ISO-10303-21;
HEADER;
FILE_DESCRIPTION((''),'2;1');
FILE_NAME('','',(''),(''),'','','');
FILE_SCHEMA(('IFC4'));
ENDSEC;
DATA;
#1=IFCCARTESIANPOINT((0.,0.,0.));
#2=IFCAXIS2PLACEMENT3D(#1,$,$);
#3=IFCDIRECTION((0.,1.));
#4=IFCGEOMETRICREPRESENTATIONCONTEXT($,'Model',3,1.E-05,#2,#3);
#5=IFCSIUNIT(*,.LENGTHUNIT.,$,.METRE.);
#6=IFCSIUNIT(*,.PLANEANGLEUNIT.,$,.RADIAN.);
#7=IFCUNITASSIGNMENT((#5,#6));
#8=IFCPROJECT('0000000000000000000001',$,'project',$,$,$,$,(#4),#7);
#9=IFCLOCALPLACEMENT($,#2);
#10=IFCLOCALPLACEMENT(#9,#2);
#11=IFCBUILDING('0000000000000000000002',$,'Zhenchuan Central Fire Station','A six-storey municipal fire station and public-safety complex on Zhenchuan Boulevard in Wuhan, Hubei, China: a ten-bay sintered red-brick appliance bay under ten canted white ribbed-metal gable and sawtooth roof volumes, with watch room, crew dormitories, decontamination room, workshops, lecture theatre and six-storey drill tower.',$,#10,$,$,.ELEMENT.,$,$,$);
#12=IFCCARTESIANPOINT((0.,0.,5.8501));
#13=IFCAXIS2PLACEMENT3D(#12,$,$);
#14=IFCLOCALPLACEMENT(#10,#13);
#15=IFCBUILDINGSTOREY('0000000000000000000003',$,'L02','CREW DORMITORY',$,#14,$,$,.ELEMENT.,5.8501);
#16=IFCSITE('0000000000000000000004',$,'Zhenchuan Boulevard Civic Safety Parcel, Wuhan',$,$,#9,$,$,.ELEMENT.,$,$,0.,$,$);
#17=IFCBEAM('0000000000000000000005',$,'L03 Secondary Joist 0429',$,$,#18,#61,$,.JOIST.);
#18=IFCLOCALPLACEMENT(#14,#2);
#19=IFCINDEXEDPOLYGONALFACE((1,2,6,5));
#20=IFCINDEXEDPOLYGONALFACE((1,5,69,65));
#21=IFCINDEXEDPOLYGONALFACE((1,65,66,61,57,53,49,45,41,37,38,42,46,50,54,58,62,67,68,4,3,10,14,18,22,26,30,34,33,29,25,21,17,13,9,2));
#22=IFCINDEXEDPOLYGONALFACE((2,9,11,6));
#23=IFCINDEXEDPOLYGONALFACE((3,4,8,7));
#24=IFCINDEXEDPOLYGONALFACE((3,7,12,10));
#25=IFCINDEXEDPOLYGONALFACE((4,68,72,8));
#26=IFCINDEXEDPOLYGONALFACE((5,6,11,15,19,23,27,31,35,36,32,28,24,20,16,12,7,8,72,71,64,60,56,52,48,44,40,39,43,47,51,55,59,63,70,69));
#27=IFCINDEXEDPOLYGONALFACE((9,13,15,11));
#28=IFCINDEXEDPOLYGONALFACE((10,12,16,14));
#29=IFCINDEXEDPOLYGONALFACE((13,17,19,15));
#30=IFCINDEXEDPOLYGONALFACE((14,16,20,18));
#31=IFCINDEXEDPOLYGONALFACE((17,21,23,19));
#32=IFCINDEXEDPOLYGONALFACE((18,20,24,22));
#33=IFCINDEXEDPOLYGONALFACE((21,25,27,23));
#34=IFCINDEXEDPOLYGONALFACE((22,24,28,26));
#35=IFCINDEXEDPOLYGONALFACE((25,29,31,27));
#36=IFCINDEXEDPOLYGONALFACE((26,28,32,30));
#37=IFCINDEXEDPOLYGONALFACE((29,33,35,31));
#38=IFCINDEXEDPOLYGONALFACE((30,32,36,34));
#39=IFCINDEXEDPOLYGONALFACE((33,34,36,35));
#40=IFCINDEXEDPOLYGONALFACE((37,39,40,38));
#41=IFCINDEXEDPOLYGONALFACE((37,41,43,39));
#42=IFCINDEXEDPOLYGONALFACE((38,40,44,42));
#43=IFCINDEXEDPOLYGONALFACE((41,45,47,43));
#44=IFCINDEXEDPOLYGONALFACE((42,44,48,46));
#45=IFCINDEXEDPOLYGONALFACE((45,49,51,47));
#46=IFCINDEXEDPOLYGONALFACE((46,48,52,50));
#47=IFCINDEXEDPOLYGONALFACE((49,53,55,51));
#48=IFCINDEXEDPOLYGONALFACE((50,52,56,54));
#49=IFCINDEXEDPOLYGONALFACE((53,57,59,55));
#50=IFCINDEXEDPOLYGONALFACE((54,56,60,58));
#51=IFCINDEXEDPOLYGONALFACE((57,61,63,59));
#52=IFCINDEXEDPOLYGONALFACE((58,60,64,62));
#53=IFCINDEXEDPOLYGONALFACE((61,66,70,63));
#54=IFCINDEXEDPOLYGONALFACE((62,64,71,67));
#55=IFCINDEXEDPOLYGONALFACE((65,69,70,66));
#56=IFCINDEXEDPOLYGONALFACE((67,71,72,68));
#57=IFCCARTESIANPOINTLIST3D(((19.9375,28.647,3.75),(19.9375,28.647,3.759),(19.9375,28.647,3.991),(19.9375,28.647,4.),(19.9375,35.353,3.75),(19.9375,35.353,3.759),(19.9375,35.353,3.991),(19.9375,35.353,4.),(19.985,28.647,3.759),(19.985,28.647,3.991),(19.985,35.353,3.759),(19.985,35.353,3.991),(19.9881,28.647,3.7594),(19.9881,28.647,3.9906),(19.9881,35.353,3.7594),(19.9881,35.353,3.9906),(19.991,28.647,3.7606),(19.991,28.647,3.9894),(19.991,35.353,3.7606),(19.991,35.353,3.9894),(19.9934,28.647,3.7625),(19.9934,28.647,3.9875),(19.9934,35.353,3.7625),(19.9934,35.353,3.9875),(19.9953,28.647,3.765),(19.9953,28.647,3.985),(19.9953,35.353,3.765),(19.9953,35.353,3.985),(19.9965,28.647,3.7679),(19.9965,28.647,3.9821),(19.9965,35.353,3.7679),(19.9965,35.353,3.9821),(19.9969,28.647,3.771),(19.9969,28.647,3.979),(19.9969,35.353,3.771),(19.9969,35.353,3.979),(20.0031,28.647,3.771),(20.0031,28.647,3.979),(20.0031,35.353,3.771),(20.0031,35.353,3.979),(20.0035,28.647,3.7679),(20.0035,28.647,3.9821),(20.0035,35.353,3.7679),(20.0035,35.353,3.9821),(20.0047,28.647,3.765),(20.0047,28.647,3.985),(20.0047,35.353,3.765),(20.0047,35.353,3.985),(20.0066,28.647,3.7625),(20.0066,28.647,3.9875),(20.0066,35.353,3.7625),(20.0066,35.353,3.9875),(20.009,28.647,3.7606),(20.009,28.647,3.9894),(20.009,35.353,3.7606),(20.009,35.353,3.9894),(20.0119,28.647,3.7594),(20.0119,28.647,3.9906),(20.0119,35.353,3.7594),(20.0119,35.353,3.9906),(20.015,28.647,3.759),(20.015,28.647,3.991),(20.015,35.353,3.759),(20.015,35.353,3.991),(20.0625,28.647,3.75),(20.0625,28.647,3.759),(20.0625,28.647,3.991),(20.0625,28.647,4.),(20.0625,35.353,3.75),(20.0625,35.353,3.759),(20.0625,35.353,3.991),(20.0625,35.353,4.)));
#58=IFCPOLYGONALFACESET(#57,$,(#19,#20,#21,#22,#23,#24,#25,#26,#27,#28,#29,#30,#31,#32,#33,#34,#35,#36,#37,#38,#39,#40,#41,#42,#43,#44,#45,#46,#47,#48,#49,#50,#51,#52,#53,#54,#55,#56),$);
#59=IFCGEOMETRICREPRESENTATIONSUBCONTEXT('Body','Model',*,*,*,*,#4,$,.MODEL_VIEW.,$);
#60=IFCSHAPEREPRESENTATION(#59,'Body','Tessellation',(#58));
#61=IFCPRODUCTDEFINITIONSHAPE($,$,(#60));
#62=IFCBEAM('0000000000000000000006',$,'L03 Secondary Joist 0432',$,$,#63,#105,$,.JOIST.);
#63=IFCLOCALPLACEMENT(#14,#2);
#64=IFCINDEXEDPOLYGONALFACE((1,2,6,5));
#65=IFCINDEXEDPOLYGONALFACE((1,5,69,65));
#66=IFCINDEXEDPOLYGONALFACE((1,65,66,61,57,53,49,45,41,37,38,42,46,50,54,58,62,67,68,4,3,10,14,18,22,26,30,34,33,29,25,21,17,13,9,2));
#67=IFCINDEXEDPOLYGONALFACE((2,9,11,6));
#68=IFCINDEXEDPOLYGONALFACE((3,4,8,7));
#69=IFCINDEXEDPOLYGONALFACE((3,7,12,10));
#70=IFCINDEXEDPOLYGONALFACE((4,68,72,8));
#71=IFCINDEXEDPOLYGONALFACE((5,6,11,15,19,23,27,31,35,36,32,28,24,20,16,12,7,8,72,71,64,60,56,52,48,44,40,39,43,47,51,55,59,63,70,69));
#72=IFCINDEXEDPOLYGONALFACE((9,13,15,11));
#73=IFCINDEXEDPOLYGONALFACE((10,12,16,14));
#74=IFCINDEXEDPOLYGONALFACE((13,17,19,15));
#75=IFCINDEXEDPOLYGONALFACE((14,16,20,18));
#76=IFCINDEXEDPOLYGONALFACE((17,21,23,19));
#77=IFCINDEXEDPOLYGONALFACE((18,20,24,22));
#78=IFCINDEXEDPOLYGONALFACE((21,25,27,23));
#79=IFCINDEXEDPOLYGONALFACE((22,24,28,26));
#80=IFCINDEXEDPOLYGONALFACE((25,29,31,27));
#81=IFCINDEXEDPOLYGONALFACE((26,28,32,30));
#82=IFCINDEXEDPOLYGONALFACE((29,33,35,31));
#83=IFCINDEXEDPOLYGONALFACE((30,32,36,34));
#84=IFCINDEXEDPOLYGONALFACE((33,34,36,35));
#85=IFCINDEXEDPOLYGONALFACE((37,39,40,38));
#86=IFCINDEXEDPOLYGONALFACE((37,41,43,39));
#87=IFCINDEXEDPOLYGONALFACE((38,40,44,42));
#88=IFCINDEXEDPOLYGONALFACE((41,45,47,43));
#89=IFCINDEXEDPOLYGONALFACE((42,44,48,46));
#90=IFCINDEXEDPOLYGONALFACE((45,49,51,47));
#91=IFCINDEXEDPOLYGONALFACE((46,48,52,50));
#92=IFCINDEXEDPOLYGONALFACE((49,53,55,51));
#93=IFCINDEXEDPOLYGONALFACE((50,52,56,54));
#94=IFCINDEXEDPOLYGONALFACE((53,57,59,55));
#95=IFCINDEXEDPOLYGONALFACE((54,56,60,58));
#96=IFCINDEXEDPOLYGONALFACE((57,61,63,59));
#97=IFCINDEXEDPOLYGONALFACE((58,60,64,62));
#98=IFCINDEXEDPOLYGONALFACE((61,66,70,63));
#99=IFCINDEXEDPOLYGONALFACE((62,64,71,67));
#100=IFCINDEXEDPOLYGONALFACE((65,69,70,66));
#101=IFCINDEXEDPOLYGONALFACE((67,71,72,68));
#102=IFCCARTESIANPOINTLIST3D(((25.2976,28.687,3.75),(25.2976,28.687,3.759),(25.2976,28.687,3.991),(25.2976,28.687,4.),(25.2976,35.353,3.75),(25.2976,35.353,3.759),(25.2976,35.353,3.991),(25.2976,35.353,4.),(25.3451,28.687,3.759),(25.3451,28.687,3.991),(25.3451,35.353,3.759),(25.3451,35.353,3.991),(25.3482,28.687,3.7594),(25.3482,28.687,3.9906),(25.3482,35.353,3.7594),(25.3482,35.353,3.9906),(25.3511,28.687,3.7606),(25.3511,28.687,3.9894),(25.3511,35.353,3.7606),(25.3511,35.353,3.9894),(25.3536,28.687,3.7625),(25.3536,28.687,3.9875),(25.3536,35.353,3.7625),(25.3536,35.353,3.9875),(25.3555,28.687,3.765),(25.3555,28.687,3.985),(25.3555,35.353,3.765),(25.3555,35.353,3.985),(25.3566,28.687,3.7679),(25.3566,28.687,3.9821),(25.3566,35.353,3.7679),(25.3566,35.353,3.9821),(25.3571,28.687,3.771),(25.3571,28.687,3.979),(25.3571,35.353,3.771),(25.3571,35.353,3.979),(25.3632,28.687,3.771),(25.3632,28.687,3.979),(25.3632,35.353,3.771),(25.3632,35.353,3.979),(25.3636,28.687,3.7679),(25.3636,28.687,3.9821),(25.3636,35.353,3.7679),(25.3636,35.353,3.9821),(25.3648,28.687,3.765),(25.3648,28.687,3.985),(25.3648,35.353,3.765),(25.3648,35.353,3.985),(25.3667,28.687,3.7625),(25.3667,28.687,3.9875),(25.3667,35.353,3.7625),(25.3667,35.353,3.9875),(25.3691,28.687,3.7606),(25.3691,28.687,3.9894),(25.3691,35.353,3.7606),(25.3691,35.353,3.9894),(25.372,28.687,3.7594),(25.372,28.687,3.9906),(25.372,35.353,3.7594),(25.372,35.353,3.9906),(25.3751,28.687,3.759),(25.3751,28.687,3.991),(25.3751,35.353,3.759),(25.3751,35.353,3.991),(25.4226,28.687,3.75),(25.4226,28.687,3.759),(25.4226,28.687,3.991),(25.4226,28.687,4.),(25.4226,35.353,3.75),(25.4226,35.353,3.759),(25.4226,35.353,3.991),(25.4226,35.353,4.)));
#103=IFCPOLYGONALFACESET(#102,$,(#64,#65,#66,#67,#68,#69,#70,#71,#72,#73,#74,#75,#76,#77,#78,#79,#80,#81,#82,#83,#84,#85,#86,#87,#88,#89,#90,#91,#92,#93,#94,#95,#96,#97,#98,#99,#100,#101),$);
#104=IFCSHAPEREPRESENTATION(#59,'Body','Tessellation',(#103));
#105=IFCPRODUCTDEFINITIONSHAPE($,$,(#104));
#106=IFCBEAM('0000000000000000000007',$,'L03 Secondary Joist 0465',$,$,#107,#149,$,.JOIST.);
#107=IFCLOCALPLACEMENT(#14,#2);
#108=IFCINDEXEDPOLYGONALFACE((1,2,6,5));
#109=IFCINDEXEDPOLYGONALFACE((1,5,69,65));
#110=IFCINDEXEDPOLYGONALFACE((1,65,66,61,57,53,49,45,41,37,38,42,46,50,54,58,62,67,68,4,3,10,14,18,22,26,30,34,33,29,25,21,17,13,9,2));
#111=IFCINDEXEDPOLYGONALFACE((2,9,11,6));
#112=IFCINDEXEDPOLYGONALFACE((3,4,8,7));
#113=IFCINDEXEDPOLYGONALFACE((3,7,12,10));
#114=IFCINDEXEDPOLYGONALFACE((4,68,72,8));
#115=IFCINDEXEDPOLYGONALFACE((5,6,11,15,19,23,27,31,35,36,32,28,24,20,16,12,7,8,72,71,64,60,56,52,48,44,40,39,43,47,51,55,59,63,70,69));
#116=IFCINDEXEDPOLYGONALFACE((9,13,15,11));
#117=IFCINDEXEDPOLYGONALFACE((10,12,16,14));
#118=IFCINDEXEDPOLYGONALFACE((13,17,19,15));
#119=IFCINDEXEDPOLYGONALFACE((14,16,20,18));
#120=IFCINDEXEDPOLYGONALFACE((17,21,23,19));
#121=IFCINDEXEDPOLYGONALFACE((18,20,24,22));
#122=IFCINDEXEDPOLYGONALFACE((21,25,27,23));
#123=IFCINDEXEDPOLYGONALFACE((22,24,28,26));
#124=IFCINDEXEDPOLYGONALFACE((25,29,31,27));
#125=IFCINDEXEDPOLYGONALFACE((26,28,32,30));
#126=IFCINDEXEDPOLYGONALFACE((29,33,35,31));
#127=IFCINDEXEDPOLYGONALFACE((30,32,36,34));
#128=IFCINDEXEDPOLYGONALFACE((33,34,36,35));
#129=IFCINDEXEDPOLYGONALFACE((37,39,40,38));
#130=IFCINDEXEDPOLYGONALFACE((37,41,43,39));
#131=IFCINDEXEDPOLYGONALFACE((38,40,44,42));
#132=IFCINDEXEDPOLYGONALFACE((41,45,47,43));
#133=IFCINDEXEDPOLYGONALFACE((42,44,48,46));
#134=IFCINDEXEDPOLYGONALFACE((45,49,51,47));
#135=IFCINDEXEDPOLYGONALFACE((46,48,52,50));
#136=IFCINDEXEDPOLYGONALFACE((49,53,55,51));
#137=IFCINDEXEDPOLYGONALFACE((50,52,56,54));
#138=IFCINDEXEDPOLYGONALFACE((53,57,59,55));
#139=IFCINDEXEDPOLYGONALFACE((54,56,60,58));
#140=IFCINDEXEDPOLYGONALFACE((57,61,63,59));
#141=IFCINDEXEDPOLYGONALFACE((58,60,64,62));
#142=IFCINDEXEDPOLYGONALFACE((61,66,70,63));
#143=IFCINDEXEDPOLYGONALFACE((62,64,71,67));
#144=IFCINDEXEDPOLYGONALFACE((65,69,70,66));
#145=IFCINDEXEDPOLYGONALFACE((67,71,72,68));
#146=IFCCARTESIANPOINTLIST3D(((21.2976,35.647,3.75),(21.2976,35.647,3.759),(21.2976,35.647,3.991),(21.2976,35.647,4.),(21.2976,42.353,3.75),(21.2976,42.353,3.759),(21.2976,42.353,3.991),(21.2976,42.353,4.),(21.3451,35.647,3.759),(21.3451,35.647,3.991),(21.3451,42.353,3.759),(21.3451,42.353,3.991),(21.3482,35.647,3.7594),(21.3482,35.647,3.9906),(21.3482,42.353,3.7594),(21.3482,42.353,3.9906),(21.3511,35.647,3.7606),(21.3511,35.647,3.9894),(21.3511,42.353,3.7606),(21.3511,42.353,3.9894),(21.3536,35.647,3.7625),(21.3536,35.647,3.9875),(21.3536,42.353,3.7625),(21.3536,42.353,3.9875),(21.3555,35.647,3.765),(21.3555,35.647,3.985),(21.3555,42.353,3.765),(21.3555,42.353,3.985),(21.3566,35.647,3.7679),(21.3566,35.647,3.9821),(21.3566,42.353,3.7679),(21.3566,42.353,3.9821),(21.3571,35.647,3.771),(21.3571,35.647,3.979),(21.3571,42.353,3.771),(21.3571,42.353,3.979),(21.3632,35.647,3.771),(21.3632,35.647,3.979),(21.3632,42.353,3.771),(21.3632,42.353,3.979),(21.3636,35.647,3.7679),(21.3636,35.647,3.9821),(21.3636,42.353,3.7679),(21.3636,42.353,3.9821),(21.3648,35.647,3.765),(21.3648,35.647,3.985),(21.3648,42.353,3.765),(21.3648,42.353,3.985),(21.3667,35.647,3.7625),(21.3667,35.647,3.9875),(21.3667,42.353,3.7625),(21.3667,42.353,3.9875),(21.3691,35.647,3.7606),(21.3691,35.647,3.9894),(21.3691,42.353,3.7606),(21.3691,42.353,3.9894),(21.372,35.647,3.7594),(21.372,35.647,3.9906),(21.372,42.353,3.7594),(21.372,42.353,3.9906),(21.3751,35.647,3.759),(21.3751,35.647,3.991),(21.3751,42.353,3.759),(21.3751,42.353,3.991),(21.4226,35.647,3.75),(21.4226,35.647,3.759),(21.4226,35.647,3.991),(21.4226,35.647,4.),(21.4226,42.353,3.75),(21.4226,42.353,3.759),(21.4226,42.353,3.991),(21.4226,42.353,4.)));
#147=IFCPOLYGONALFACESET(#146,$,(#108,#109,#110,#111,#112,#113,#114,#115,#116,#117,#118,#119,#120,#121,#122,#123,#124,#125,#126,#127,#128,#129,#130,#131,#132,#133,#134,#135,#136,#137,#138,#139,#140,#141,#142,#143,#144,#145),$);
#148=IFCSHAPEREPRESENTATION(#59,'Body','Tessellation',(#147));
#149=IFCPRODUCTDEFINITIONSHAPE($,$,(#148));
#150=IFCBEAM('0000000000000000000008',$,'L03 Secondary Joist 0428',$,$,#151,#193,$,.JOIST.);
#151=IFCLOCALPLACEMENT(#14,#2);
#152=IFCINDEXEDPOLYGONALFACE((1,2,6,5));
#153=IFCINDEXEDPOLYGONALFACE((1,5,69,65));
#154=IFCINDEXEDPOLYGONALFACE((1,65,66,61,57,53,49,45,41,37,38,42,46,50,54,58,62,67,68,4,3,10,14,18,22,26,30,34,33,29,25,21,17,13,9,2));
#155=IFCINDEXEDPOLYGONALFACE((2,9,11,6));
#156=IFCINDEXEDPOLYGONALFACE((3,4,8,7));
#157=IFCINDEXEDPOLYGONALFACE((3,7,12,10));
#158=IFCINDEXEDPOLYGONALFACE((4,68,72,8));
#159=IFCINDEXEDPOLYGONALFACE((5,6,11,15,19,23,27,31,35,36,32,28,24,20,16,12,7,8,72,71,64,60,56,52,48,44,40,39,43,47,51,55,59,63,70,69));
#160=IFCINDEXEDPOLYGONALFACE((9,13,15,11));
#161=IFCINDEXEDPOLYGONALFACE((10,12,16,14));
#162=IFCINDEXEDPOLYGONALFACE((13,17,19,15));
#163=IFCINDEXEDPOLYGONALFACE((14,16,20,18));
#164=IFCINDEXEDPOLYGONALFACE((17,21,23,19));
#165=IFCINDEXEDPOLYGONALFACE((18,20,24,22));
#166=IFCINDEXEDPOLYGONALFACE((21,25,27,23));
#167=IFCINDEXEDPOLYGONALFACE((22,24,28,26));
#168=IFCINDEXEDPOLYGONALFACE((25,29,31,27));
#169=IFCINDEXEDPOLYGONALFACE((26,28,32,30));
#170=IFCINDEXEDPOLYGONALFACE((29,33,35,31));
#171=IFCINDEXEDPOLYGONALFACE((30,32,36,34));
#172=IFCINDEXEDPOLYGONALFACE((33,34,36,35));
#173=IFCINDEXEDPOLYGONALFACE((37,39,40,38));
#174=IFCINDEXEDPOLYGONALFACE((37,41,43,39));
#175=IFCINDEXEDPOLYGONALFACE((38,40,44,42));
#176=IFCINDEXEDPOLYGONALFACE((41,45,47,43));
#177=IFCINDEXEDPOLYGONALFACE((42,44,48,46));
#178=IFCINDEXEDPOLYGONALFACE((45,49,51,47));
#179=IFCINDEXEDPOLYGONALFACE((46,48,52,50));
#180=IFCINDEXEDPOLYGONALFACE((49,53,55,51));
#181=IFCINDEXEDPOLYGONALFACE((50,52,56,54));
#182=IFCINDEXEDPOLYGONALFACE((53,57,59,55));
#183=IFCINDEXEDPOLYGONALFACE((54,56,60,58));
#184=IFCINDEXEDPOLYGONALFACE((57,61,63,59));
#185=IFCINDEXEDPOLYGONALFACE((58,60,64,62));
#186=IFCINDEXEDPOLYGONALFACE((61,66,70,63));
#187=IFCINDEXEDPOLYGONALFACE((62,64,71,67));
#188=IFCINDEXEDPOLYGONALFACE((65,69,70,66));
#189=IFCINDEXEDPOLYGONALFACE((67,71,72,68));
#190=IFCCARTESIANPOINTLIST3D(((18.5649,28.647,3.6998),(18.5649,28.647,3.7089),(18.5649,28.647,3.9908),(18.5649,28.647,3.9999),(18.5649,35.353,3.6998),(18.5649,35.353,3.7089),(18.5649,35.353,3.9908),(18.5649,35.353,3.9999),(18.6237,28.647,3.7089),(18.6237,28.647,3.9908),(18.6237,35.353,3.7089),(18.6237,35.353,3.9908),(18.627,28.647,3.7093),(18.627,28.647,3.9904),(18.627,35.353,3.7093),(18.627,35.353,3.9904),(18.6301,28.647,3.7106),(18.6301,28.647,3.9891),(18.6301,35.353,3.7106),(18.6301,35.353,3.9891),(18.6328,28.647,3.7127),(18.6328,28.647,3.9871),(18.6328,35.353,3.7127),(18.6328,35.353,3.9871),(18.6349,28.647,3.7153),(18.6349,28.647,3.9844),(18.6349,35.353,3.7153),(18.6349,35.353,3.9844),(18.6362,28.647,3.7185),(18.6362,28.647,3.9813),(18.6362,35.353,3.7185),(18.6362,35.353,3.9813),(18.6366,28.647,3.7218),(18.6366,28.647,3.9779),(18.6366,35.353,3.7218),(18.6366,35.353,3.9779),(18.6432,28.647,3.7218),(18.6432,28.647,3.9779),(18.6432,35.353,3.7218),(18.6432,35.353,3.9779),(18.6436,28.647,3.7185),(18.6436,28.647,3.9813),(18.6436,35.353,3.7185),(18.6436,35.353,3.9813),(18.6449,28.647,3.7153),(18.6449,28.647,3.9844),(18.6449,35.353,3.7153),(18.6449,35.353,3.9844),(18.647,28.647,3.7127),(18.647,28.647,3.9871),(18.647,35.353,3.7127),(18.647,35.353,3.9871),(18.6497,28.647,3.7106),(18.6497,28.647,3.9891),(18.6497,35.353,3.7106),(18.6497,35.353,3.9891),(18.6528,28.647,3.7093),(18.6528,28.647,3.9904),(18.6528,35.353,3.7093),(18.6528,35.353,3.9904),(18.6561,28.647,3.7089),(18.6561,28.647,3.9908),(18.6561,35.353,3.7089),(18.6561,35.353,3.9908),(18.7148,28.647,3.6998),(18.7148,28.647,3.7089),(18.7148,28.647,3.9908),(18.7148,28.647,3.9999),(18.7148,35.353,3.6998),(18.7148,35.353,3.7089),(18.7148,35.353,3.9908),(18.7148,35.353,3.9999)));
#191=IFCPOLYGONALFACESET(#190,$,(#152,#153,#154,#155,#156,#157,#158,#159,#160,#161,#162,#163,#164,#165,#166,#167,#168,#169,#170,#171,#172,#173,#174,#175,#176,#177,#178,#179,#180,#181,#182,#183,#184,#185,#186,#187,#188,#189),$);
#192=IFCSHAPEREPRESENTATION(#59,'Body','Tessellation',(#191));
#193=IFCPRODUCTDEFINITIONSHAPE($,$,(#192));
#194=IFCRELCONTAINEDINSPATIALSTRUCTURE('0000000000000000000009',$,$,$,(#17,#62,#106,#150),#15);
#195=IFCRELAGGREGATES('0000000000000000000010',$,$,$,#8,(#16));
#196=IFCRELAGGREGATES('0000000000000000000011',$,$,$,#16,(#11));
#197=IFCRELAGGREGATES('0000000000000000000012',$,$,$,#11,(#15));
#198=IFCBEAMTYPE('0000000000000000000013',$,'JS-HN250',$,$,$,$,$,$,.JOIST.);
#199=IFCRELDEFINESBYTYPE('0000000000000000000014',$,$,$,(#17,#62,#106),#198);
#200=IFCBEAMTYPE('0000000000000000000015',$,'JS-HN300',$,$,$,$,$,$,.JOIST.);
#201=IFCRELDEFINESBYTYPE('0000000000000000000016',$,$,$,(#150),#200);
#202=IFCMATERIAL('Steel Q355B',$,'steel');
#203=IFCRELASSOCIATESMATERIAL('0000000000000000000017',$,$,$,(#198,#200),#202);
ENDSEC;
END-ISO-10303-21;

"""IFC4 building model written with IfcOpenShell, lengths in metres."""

from ifc_helpers import new_model, si_unit, direction, frame, origin, origin_2d, place, context, subcontext, project, spatial, i_section, extrude, material, material_profile, profile_set, type_object, element, save


model = new_model("IFC4")

# Units and contexts
model_context = context("Model", 3, precision=1e-05, world=origin(), true_north=direction((0.0, 1.0)))
body_context = subcontext(model_context, "Body", "Model", "MODEL_VIEW")
ifc_project = project(units=[si_unit("LENGTHUNIT", "METRE"), si_unit("PLANEANGLEUNIT", "RADIAN")], contexts=[model_context])

# Site, building, storey
site_placement = place(None, origin())
site = spatial("IfcSite", under=ifc_project, at=site_placement, Name="Zhenchuan Boulevard Civic Safety Parcel, Wuhan", CompositionType="ELEMENT", RefElevation=0.0)
building_placement = place(site_placement, origin())
building = spatial("IfcBuilding", under=site, at=building_placement, Name="Zhenchuan Central Fire Station", Description="A six-storey municipal fire station and public-safety complex on Zhenchuan Boulevard in Wuhan, Hubei, China: a ten-bay sintered red-brick appliance bay under ten canted white ribbed-metal gable and sawtooth roof volumes, with watch room, crew dormitories, decontamination room, workshops, lecture theatre and six-storey drill tower.", CompositionType="ELEMENT")
storey_placement = place(building_placement, frame((0.0, 0.0, 5.8501)))
storey = spatial("IfcBuildingStorey", under=building, at=storey_placement, Name="L02", Description="CREW DORMITORY", CompositionType="ELEMENT", Elevation=5.8501)

# Shared definitions
ifc_material_1 = material(Name="Steel Q355B", Category="steel")

# Beams
ifc_material_profile_1 = material_profile(ifc_material_1, i_section(OverallWidth=0.125, OverallDepth=0.25, WebThickness=0.0061, FlangeThickness=0.009, FilletRadius=0.012, at=origin_2d()), Name="HN 250x125")
ifc_profile_set_1 = profile_set([ifc_material_profile_1], Name="Steel Q355B")
beam_type_1 = type_object("IfcBeamType", Name="JS-HN250", PredefinedType="JOIST", material=ifc_profile_set_1)
beam_1_placement = place(storey_placement, frame((20.0, 28.647, 3.875), z_axis=(0.0, 1.0, 0.0), x_axis=(-1.0, 0.0, 0.0)))
element("IfcBeam", 1, at=beam_1_placement, inside=storey, type_object=beam_type_1, Name="L03 Secondary Joist 0429", PredefinedType="JOIST", context=body_context, shape_type="SweptSolid", body=[
    extrude(i_section(OverallWidth=0.125, OverallDepth=0.25, WebThickness=0.0061, FlangeThickness=0.009, FilletRadius=0.012, at=origin_2d()), origin(), (0.0, 0.0, 1.0), 6.7061),
])
beam_2_placement = place(storey_placement, frame((25.3601, 28.687, 3.875), z_axis=(0.0, 1.0, 0.0), x_axis=(-1.0, 0.0, 0.0)))
element("IfcBeam", 2, at=beam_2_placement, inside=storey, type_object=beam_type_1, Name="L03 Secondary Joist 0432", PredefinedType="JOIST", context=body_context, shape_type="SweptSolid", body=[
    extrude(i_section(OverallWidth=0.125, OverallDepth=0.25, WebThickness=0.0061, FlangeThickness=0.009, FilletRadius=0.012, at=origin_2d()), origin(), (0.0, 0.0, 1.0), 6.666),
])
beam_3_placement = place(storey_placement, frame((21.3601, 35.647, 3.875), z_axis=(0.0, 1.0, 0.0), x_axis=(-1.0, 0.0, 0.0)))
element("IfcBeam", 3, at=beam_3_placement, inside=storey, type_object=beam_type_1, Name="L03 Secondary Joist 0465", PredefinedType="JOIST", context=body_context, shape_type="SweptSolid", body=[
    extrude(i_section(OverallWidth=0.125, OverallDepth=0.25, WebThickness=0.0061, FlangeThickness=0.009, FilletRadius=0.012, at=origin_2d()), origin(), (0.0, 0.0, 1.0), 6.7061),
])
ifc_material_profile_2 = material_profile(ifc_material_1, i_section(OverallWidth=0.1499, OverallDepth=0.3, WebThickness=0.0066, FlangeThickness=0.009, FilletRadius=0.0129, at=origin_2d()), Name="HN 300x150")
ifc_profile_set_2 = profile_set([ifc_material_profile_2], Name="Steel Q355B")
beam_type_2 = type_object("IfcBeamType", Name="JS-HN300", PredefinedType="JOIST", material=ifc_profile_set_2)
for number, where, z_axis, x_axis, name in (
    (4, (18.6399, 28.647, 3.8499), (0.0, 1.0, 0.0), (-1.0, 0.0, 0.0), "L03 Secondary Joist 0428"),
):
    element("IfcBeam", number, at=place(storey_placement, frame(where, z_axis=z_axis, x_axis=x_axis)), inside=storey, type_object=beam_type_2, Name=name, PredefinedType="JOIST", context=body_context, shape_type="SweptSolid", body=[
        extrude(i_section(OverallWidth=0.1499, OverallDepth=0.3, WebThickness=0.0066, FlangeThickness=0.009, FilletRadius=0.0129, at=origin_2d()), origin(), (0.0, 0.0, 1.0), 6.7061),
    ])

save(model, "model.ifc")
